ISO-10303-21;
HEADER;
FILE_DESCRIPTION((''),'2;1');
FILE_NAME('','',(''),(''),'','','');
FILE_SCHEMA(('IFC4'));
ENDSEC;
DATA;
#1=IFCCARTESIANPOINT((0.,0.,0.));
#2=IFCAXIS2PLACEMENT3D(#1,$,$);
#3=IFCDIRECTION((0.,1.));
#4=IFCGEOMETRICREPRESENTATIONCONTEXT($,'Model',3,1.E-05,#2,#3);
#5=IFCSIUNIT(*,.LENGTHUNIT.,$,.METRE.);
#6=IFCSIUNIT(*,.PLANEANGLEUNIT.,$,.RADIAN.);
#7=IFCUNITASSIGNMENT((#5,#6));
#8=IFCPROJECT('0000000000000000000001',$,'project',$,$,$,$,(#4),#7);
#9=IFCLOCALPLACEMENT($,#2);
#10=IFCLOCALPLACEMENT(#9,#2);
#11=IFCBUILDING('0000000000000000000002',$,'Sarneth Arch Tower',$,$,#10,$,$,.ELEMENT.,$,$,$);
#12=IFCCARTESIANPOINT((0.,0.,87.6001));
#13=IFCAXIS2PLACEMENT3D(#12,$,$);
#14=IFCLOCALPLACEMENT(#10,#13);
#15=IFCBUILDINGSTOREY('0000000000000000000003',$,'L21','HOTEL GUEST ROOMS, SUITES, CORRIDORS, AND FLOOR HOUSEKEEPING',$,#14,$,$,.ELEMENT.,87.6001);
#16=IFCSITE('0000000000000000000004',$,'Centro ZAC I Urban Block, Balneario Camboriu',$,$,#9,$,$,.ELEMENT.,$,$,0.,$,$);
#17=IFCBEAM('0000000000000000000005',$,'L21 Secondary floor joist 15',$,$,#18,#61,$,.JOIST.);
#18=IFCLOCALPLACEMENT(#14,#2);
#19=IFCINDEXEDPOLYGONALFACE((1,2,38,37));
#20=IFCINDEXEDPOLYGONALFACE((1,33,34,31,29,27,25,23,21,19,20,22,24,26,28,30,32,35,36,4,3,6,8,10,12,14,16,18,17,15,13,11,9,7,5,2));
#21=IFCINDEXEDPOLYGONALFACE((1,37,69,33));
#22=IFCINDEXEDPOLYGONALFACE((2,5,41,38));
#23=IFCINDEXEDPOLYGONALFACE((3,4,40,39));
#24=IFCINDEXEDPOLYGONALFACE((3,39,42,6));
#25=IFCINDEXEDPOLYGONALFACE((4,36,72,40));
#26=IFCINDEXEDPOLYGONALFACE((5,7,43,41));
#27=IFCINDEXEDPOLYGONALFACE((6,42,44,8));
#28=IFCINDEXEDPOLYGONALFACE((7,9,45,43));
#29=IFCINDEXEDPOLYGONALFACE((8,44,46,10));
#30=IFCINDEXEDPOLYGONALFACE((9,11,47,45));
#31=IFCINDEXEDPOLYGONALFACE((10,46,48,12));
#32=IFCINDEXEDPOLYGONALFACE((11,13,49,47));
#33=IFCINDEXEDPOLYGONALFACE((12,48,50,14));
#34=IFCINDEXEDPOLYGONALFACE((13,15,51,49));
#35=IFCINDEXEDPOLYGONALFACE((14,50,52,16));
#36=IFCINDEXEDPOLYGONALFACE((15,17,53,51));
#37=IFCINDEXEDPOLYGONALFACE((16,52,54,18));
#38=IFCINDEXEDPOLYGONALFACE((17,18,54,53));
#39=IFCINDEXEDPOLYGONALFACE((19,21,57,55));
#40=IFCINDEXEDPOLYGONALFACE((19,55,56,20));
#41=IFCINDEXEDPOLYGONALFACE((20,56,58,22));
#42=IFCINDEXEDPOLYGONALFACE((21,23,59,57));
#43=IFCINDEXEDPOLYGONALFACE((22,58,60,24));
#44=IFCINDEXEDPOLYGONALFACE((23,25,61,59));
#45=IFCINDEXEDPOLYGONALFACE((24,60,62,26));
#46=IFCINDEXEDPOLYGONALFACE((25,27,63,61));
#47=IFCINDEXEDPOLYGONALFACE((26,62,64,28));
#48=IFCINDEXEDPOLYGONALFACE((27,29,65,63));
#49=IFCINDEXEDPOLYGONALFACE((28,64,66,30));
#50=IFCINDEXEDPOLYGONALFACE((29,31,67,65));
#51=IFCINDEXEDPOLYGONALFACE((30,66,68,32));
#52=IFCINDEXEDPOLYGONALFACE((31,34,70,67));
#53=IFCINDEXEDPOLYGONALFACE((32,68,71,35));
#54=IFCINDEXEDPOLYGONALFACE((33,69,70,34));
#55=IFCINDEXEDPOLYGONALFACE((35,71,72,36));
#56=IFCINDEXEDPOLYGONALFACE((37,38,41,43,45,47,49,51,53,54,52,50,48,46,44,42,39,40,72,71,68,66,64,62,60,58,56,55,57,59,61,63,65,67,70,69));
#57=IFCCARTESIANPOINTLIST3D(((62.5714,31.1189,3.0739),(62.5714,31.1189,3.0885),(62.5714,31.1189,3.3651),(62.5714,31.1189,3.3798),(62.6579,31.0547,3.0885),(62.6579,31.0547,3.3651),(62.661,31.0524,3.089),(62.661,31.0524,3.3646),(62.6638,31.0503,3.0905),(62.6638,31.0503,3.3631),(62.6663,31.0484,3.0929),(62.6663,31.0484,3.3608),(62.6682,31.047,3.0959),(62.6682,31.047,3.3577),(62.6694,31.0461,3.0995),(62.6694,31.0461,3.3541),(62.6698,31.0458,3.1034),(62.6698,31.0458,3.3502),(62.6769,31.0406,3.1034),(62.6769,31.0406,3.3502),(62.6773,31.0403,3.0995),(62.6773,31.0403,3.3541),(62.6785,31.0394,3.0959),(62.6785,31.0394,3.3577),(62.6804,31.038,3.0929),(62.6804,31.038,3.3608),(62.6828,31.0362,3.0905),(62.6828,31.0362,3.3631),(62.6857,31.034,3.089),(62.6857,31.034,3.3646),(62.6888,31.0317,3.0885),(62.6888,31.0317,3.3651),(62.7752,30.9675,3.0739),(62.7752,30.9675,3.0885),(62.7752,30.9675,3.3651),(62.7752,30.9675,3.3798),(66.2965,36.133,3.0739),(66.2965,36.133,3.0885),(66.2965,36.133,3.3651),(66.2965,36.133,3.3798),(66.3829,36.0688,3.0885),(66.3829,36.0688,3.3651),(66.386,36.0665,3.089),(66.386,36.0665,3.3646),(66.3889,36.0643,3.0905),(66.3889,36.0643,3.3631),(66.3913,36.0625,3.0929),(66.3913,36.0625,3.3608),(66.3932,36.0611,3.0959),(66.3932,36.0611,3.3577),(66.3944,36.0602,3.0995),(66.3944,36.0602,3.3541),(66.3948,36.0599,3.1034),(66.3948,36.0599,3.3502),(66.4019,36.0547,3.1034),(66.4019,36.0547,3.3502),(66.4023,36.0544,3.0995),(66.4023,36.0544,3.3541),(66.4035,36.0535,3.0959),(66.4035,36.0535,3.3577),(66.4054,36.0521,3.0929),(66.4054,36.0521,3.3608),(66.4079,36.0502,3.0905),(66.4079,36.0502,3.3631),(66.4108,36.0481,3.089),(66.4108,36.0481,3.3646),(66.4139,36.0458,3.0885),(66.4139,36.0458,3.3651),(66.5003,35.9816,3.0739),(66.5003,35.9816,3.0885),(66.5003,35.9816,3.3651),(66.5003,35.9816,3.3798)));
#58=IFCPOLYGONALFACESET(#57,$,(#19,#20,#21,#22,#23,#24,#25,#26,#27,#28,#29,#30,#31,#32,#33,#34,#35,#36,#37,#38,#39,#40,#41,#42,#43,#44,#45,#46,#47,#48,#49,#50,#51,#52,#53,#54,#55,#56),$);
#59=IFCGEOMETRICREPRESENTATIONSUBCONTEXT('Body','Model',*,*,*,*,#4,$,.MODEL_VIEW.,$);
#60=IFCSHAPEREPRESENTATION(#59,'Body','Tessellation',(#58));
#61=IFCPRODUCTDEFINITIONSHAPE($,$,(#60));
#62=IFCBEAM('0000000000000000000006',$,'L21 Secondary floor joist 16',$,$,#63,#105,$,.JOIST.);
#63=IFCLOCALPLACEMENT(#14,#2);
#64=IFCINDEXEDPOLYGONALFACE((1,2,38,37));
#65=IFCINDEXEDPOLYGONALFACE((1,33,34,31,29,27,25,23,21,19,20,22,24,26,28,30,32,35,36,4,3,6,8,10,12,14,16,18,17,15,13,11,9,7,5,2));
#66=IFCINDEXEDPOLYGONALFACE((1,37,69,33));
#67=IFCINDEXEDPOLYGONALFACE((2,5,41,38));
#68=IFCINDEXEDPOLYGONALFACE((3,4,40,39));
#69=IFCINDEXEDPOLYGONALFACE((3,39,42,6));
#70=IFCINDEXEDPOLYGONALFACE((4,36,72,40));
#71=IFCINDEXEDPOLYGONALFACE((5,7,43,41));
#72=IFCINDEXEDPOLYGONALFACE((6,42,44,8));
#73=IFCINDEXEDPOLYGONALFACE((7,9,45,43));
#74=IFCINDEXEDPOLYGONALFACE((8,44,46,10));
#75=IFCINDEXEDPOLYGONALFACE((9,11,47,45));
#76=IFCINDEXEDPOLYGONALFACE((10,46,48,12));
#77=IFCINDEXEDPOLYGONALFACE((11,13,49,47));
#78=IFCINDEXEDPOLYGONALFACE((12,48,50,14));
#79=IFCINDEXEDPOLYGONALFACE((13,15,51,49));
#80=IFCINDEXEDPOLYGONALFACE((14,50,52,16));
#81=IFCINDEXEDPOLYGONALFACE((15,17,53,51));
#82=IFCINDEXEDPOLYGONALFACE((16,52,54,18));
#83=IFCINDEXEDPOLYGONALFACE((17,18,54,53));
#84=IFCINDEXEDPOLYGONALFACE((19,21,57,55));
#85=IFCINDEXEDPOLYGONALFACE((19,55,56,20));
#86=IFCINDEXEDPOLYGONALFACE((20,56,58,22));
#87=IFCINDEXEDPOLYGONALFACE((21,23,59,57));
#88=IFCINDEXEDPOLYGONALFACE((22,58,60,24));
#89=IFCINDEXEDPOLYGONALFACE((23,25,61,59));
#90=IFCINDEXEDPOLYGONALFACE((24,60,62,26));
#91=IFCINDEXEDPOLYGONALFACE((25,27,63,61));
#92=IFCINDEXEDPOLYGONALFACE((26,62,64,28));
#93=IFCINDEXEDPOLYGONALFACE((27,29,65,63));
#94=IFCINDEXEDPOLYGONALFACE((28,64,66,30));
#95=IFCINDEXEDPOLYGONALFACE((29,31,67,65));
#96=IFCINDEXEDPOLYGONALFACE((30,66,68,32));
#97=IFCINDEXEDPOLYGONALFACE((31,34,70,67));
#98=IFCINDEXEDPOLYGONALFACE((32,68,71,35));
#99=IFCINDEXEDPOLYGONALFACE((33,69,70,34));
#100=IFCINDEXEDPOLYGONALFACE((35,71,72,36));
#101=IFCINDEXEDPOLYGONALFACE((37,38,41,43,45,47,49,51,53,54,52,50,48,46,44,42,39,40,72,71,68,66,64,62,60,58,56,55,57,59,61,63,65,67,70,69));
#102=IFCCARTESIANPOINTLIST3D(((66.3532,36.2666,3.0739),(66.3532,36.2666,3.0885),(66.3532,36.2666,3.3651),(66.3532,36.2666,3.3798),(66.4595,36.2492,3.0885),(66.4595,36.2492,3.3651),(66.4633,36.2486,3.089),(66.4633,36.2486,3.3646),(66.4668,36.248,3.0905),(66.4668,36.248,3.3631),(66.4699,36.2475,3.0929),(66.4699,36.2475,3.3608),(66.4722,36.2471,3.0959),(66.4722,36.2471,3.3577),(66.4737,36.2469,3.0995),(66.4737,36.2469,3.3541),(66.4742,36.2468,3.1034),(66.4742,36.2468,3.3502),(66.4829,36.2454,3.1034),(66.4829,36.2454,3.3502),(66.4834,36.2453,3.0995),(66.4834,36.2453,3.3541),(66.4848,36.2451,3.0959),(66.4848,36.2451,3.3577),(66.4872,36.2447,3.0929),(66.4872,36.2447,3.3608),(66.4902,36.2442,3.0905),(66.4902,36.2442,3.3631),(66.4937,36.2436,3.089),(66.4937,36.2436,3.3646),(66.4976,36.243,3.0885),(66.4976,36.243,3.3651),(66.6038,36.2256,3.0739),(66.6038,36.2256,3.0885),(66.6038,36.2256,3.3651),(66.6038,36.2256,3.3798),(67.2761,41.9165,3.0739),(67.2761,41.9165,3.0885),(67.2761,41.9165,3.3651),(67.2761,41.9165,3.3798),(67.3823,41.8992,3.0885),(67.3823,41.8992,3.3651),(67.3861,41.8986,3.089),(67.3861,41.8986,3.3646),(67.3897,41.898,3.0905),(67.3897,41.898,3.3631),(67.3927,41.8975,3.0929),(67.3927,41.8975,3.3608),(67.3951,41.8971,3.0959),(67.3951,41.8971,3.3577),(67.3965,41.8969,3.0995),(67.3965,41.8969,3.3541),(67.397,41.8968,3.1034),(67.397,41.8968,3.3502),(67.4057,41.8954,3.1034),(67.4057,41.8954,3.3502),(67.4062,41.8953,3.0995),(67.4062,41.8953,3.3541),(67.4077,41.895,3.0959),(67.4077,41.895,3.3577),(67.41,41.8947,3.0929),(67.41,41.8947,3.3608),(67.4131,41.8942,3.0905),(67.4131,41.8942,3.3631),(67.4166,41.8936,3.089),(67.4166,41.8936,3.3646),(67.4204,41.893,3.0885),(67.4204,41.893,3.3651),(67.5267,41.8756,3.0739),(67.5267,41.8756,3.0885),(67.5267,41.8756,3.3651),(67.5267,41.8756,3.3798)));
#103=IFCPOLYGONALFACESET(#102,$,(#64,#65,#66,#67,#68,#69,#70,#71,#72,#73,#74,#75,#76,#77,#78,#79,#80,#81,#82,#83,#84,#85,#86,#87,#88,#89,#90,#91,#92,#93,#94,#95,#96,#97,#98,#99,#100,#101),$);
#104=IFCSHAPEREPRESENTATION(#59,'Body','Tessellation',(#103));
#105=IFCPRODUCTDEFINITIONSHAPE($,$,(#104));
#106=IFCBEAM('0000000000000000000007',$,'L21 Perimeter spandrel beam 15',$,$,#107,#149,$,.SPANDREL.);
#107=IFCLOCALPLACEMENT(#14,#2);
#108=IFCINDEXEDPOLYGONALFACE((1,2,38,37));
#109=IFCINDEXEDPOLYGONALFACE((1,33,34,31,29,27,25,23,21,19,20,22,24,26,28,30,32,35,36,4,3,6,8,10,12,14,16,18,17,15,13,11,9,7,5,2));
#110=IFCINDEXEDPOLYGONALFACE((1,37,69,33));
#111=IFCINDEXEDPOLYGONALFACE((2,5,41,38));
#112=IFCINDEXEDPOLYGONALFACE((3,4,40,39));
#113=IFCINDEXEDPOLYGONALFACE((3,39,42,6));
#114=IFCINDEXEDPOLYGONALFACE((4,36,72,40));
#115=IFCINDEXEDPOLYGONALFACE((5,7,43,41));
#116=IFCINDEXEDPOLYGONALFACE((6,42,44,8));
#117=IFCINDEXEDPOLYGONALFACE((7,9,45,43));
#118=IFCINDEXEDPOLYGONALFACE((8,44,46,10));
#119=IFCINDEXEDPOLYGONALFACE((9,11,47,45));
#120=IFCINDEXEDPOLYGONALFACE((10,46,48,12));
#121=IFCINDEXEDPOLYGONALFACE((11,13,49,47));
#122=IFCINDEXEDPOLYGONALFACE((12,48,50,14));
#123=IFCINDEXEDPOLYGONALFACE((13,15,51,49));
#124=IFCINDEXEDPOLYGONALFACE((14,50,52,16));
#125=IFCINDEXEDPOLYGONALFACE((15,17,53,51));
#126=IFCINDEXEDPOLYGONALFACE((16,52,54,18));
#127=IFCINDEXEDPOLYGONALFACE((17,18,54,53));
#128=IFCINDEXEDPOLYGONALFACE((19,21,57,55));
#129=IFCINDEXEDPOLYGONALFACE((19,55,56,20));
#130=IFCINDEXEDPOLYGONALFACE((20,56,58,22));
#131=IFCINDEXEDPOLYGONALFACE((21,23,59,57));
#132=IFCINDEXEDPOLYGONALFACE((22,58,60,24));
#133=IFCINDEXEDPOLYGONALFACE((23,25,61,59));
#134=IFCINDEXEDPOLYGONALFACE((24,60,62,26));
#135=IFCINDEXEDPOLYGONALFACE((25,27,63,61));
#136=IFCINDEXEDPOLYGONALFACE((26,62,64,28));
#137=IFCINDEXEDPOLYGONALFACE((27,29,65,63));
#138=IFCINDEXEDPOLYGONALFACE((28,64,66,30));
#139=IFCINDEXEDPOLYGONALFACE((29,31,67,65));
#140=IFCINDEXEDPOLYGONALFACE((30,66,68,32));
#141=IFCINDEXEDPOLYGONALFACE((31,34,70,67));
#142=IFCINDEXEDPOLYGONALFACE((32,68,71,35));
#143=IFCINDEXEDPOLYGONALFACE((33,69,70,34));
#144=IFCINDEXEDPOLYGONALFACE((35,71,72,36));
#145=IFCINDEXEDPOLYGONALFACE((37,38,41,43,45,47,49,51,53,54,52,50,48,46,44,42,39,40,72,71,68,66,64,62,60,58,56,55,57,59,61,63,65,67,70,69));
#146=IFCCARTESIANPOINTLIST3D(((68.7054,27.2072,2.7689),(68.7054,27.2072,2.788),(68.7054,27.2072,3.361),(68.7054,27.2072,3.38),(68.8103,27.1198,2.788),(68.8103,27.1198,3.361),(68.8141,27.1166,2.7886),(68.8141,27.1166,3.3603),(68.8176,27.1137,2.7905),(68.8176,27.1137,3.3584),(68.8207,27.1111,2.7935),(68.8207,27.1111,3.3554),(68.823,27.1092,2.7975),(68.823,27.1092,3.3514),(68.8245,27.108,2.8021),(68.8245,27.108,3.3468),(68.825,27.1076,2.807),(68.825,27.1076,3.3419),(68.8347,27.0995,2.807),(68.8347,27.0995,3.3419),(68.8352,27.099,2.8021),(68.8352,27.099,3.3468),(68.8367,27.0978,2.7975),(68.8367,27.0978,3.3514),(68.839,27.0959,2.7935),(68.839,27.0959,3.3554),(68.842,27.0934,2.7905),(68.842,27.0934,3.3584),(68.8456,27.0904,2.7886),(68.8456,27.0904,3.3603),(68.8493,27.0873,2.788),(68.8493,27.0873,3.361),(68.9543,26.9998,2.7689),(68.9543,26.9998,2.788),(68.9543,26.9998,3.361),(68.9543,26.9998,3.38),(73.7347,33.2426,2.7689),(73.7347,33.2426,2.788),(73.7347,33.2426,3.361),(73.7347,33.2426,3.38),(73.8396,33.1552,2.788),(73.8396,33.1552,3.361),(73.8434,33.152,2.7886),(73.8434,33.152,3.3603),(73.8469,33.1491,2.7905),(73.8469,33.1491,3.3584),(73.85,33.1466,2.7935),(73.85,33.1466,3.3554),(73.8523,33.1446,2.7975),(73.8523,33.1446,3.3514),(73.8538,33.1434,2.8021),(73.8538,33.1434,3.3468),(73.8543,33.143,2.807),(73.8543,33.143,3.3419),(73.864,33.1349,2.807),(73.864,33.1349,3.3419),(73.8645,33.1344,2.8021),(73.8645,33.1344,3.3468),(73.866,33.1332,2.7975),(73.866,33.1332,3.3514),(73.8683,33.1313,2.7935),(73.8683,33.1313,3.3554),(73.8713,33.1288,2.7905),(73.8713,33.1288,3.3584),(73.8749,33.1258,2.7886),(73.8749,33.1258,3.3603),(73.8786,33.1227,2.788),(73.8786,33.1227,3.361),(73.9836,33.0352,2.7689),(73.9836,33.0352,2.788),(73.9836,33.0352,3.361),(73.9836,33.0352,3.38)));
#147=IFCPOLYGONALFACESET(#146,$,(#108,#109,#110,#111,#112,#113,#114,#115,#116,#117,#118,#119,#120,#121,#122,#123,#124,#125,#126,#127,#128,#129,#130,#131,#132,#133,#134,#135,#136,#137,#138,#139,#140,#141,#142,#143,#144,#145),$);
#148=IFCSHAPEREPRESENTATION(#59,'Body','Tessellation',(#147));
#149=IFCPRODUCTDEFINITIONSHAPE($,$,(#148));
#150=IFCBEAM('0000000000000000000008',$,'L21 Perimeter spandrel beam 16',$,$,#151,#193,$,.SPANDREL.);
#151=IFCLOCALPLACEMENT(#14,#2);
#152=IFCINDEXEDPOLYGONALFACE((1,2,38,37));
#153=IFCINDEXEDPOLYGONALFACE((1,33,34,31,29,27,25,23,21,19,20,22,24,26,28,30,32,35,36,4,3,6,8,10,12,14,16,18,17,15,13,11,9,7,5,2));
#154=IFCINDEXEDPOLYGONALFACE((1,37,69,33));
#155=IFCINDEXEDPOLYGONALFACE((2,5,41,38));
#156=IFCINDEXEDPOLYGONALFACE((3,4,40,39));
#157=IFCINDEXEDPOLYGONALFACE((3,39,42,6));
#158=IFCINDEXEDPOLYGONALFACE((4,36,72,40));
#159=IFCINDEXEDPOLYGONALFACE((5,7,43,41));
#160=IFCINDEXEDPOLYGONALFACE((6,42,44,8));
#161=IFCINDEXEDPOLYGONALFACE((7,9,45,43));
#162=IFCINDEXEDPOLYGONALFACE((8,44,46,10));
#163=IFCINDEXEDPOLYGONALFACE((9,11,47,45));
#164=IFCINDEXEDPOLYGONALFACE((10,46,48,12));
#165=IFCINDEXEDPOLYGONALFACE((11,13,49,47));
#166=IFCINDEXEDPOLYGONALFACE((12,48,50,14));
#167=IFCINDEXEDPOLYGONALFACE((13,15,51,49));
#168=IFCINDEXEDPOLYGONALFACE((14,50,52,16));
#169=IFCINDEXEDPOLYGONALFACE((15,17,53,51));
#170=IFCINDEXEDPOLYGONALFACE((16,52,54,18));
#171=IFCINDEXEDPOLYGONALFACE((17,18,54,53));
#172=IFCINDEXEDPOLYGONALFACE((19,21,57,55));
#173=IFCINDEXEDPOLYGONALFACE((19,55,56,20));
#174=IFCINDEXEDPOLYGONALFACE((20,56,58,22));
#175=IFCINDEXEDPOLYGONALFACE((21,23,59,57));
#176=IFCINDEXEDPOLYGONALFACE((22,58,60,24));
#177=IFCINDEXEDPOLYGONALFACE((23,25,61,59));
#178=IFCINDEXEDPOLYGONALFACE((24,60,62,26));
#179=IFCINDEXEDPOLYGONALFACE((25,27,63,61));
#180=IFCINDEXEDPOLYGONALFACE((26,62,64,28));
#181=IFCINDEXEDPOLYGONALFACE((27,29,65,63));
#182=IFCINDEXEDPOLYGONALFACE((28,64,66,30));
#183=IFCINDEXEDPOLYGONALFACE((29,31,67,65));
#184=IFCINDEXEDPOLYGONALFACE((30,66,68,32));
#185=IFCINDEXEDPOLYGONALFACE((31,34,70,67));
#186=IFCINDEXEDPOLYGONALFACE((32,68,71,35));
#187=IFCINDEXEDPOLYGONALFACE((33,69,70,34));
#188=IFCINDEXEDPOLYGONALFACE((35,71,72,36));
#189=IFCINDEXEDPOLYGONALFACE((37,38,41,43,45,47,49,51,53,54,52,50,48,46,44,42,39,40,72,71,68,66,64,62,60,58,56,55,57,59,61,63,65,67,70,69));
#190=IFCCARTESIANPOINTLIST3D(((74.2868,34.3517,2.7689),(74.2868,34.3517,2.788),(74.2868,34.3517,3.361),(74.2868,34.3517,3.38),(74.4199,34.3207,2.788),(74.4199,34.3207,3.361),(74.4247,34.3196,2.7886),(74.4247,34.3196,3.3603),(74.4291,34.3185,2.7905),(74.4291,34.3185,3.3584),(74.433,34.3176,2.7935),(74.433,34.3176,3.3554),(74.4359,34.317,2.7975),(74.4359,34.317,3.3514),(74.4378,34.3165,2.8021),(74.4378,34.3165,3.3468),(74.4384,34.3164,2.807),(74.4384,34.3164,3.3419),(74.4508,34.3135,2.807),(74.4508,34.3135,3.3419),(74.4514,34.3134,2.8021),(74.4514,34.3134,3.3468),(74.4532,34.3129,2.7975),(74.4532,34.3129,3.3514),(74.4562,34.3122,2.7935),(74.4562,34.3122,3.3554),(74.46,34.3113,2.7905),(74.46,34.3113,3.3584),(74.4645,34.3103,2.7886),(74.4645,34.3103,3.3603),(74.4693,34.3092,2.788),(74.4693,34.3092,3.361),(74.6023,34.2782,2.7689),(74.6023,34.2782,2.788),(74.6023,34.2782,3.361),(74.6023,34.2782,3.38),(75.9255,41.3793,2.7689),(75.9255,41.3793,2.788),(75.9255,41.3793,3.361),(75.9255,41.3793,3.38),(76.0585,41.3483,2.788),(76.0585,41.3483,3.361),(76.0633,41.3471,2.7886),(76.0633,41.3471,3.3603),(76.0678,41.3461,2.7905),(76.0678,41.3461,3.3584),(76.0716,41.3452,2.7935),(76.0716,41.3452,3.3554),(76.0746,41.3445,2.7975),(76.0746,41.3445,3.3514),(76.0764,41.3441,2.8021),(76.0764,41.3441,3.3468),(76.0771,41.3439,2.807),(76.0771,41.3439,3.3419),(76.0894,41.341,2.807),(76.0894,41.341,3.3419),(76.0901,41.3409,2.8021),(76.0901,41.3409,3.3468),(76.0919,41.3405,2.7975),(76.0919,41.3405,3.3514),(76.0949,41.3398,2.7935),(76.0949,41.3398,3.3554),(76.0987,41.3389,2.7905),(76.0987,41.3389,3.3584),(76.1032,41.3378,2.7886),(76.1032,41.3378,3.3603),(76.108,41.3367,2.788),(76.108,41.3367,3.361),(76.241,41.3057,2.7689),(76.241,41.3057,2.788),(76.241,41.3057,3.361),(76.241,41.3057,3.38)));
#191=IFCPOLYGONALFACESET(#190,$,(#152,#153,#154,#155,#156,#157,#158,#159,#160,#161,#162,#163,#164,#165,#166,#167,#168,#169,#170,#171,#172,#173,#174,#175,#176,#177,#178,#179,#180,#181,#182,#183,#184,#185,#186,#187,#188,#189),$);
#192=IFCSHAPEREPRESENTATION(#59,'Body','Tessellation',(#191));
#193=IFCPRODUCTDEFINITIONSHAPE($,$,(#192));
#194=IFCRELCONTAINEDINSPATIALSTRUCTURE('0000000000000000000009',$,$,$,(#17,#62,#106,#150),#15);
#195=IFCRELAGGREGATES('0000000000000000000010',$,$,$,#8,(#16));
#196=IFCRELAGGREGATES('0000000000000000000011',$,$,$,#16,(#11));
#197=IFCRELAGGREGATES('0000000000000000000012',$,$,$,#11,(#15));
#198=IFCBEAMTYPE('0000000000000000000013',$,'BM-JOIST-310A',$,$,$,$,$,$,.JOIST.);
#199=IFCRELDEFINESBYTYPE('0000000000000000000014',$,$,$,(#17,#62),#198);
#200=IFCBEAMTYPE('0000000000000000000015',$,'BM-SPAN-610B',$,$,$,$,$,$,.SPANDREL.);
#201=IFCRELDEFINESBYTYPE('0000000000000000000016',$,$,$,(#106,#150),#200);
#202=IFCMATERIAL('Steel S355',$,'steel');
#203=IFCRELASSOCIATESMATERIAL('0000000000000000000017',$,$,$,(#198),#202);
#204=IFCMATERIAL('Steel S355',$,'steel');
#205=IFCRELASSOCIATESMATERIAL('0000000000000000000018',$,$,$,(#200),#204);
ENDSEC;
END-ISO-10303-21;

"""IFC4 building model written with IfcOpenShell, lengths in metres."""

from ifc_helpers import new_model, si_unit, direction, frame, origin, origin_2d, place, context, subcontext, project, spatial, i_section, extrude, material, material_profile, profile_set, type_object, element, save


model = new_model("IFC4")

# Units and contexts
model_context = context("Model", 3, precision=1e-05, world=origin(), true_north=direction((0.0, 1.0)))
body_context = subcontext(model_context, "Body", "Model", "MODEL_VIEW")
ifc_project = project(units=[si_unit("LENGTHUNIT", "METRE"), si_unit("PLANEANGLEUNIT", "RADIAN")], contexts=[model_context])

# Site, building, storey
site_placement = place(None, origin())
site = spatial("IfcSite", under=ifc_project, at=site_placement, Name="Centro ZAC I Urban Block, Balneario Camboriu", CompositionType="ELEMENT", RefElevation=0.0)
building_placement = place(site_placement, origin())
building = spatial("IfcBuilding", under=site, at=building_placement, Name="Sarneth Arch Tower", CompositionType="ELEMENT")
storey_placement = place(building_placement, frame((0.0, 0.0, 87.6001)))
storey = spatial("IfcBuildingStorey", under=building, at=storey_placement, Name="L21", Description="HOTEL GUEST ROOMS, SUITES, CORRIDORS, AND FLOOR HOUSEKEEPING", CompositionType="ELEMENT", Elevation=87.6001)

# Beams
ifc_material_1 = material(Name="Steel S355", Category="steel")
ifc_material_profile_1 = material_profile(ifc_material_1, i_section(OverallWidth=0.2539, OverallDepth=0.3059, WebThickness=0.0088, FlangeThickness=0.0146, FilletRadius=0.0149, at=origin_2d()), Name="W310x79")
ifc_profile_set_1 = profile_set([ifc_material_profile_1], Name="Steel S355")
beam_type_1 = type_object("IfcBeamType", Name="BM-JOIST-310A", PredefinedType="JOIST", material=ifc_profile_set_1)
beam_1_placement = place(storey_placement, frame((62.6733, 31.0432, 3.2268), z_axis=(0.596354, 0.802721, 0.0), x_axis=(-0.802721, 0.596354, 0.0)))
element("IfcBeam", 1, at=beam_1_placement, inside=storey, type_object=beam_type_1, Name="L21 Secondary floor joist 15", PredefinedType="JOIST", context=body_context, shape_type="SweptSolid", body=[
    extrude(i_section(OverallWidth=0.2539, OverallDepth=0.3059, WebThickness=0.0088, FlangeThickness=0.0146, FilletRadius=0.0149, at=origin_2d()), origin(), (0.0, 0.0, 1.0), 6.2463),
])
beam_2_placement = place(storey_placement, frame((66.4785, 36.2461, 3.2268), z_axis=(0.161203, 0.986921, 0.0), x_axis=(-0.986921, 0.161203, 0.0)))
element("IfcBeam", 2, at=beam_2_placement, inside=storey, type_object=beam_type_1, Name="L21 Secondary floor joist 16", PredefinedType="JOIST", context=body_context, shape_type="SweptSolid", body=[
    extrude(i_section(OverallWidth=0.2539, OverallDepth=0.3059, WebThickness=0.0088, FlangeThickness=0.0146, FilletRadius=0.0149, at=origin_2d()), origin(), (0.0, 0.0, 1.0), 5.7249),
])
ifc_material_2 = material(Name="Steel S355", Category="steel")
ifc_material_profile_2 = material_profile(ifc_material_2, i_section(OverallWidth=0.324, OverallDepth=0.6111, WebThickness=0.0127, FlangeThickness=0.019, FilletRadius=0.019, at=origin_2d()), Name="W610x155")
ifc_profile_set_2 = profile_set([ifc_material_profile_2], Name="Steel S355")
beam_type_2 = type_object("IfcBeamType", Name="BM-SPAN-610B", PredefinedType="SPANDREL", material=ifc_profile_set_2)
beam_3_placement = place(storey_placement, frame((68.8298, 27.1035, 3.0745), z_axis=(0.640169, 0.768234, 0.0), x_axis=(-0.768234, 0.640169, 0.0)))
element("IfcBeam", 3, at=beam_3_placement, inside=storey, type_object=beam_type_2, Name="L21 Perimeter spandrel beam 15", PredefinedType="SPANDREL", context=body_context, shape_type="SweptSolid", body=[
    extrude(i_section(OverallWidth=0.324, OverallDepth=0.6111, WebThickness=0.0127, FlangeThickness=0.019, FilletRadius=0.019, at=origin_2d()), origin(), (0.0, 0.0, 1.0), 7.8562),
])
beam_4_placement = place(storey_placement, frame((74.4446, 34.3149, 3.0745), z_axis=(0.227085, 0.973875, 0.0), x_axis=(-0.973875, 0.227085, 0.0)))
element("IfcBeam", 4, at=beam_4_placement, inside=storey, type_object=beam_type_2, Name="L21 Perimeter spandrel beam 16", PredefinedType="SPANDREL", context=body_context, shape_type="SweptSolid", body=[
    extrude(i_section(OverallWidth=0.324, OverallDepth=0.6111, WebThickness=0.0127, FlangeThickness=0.019, FilletRadius=0.019, at=origin_2d()), origin(), (0.0, 0.0, 1.0), 7.2161),
])

save(model, "model.ifc")
